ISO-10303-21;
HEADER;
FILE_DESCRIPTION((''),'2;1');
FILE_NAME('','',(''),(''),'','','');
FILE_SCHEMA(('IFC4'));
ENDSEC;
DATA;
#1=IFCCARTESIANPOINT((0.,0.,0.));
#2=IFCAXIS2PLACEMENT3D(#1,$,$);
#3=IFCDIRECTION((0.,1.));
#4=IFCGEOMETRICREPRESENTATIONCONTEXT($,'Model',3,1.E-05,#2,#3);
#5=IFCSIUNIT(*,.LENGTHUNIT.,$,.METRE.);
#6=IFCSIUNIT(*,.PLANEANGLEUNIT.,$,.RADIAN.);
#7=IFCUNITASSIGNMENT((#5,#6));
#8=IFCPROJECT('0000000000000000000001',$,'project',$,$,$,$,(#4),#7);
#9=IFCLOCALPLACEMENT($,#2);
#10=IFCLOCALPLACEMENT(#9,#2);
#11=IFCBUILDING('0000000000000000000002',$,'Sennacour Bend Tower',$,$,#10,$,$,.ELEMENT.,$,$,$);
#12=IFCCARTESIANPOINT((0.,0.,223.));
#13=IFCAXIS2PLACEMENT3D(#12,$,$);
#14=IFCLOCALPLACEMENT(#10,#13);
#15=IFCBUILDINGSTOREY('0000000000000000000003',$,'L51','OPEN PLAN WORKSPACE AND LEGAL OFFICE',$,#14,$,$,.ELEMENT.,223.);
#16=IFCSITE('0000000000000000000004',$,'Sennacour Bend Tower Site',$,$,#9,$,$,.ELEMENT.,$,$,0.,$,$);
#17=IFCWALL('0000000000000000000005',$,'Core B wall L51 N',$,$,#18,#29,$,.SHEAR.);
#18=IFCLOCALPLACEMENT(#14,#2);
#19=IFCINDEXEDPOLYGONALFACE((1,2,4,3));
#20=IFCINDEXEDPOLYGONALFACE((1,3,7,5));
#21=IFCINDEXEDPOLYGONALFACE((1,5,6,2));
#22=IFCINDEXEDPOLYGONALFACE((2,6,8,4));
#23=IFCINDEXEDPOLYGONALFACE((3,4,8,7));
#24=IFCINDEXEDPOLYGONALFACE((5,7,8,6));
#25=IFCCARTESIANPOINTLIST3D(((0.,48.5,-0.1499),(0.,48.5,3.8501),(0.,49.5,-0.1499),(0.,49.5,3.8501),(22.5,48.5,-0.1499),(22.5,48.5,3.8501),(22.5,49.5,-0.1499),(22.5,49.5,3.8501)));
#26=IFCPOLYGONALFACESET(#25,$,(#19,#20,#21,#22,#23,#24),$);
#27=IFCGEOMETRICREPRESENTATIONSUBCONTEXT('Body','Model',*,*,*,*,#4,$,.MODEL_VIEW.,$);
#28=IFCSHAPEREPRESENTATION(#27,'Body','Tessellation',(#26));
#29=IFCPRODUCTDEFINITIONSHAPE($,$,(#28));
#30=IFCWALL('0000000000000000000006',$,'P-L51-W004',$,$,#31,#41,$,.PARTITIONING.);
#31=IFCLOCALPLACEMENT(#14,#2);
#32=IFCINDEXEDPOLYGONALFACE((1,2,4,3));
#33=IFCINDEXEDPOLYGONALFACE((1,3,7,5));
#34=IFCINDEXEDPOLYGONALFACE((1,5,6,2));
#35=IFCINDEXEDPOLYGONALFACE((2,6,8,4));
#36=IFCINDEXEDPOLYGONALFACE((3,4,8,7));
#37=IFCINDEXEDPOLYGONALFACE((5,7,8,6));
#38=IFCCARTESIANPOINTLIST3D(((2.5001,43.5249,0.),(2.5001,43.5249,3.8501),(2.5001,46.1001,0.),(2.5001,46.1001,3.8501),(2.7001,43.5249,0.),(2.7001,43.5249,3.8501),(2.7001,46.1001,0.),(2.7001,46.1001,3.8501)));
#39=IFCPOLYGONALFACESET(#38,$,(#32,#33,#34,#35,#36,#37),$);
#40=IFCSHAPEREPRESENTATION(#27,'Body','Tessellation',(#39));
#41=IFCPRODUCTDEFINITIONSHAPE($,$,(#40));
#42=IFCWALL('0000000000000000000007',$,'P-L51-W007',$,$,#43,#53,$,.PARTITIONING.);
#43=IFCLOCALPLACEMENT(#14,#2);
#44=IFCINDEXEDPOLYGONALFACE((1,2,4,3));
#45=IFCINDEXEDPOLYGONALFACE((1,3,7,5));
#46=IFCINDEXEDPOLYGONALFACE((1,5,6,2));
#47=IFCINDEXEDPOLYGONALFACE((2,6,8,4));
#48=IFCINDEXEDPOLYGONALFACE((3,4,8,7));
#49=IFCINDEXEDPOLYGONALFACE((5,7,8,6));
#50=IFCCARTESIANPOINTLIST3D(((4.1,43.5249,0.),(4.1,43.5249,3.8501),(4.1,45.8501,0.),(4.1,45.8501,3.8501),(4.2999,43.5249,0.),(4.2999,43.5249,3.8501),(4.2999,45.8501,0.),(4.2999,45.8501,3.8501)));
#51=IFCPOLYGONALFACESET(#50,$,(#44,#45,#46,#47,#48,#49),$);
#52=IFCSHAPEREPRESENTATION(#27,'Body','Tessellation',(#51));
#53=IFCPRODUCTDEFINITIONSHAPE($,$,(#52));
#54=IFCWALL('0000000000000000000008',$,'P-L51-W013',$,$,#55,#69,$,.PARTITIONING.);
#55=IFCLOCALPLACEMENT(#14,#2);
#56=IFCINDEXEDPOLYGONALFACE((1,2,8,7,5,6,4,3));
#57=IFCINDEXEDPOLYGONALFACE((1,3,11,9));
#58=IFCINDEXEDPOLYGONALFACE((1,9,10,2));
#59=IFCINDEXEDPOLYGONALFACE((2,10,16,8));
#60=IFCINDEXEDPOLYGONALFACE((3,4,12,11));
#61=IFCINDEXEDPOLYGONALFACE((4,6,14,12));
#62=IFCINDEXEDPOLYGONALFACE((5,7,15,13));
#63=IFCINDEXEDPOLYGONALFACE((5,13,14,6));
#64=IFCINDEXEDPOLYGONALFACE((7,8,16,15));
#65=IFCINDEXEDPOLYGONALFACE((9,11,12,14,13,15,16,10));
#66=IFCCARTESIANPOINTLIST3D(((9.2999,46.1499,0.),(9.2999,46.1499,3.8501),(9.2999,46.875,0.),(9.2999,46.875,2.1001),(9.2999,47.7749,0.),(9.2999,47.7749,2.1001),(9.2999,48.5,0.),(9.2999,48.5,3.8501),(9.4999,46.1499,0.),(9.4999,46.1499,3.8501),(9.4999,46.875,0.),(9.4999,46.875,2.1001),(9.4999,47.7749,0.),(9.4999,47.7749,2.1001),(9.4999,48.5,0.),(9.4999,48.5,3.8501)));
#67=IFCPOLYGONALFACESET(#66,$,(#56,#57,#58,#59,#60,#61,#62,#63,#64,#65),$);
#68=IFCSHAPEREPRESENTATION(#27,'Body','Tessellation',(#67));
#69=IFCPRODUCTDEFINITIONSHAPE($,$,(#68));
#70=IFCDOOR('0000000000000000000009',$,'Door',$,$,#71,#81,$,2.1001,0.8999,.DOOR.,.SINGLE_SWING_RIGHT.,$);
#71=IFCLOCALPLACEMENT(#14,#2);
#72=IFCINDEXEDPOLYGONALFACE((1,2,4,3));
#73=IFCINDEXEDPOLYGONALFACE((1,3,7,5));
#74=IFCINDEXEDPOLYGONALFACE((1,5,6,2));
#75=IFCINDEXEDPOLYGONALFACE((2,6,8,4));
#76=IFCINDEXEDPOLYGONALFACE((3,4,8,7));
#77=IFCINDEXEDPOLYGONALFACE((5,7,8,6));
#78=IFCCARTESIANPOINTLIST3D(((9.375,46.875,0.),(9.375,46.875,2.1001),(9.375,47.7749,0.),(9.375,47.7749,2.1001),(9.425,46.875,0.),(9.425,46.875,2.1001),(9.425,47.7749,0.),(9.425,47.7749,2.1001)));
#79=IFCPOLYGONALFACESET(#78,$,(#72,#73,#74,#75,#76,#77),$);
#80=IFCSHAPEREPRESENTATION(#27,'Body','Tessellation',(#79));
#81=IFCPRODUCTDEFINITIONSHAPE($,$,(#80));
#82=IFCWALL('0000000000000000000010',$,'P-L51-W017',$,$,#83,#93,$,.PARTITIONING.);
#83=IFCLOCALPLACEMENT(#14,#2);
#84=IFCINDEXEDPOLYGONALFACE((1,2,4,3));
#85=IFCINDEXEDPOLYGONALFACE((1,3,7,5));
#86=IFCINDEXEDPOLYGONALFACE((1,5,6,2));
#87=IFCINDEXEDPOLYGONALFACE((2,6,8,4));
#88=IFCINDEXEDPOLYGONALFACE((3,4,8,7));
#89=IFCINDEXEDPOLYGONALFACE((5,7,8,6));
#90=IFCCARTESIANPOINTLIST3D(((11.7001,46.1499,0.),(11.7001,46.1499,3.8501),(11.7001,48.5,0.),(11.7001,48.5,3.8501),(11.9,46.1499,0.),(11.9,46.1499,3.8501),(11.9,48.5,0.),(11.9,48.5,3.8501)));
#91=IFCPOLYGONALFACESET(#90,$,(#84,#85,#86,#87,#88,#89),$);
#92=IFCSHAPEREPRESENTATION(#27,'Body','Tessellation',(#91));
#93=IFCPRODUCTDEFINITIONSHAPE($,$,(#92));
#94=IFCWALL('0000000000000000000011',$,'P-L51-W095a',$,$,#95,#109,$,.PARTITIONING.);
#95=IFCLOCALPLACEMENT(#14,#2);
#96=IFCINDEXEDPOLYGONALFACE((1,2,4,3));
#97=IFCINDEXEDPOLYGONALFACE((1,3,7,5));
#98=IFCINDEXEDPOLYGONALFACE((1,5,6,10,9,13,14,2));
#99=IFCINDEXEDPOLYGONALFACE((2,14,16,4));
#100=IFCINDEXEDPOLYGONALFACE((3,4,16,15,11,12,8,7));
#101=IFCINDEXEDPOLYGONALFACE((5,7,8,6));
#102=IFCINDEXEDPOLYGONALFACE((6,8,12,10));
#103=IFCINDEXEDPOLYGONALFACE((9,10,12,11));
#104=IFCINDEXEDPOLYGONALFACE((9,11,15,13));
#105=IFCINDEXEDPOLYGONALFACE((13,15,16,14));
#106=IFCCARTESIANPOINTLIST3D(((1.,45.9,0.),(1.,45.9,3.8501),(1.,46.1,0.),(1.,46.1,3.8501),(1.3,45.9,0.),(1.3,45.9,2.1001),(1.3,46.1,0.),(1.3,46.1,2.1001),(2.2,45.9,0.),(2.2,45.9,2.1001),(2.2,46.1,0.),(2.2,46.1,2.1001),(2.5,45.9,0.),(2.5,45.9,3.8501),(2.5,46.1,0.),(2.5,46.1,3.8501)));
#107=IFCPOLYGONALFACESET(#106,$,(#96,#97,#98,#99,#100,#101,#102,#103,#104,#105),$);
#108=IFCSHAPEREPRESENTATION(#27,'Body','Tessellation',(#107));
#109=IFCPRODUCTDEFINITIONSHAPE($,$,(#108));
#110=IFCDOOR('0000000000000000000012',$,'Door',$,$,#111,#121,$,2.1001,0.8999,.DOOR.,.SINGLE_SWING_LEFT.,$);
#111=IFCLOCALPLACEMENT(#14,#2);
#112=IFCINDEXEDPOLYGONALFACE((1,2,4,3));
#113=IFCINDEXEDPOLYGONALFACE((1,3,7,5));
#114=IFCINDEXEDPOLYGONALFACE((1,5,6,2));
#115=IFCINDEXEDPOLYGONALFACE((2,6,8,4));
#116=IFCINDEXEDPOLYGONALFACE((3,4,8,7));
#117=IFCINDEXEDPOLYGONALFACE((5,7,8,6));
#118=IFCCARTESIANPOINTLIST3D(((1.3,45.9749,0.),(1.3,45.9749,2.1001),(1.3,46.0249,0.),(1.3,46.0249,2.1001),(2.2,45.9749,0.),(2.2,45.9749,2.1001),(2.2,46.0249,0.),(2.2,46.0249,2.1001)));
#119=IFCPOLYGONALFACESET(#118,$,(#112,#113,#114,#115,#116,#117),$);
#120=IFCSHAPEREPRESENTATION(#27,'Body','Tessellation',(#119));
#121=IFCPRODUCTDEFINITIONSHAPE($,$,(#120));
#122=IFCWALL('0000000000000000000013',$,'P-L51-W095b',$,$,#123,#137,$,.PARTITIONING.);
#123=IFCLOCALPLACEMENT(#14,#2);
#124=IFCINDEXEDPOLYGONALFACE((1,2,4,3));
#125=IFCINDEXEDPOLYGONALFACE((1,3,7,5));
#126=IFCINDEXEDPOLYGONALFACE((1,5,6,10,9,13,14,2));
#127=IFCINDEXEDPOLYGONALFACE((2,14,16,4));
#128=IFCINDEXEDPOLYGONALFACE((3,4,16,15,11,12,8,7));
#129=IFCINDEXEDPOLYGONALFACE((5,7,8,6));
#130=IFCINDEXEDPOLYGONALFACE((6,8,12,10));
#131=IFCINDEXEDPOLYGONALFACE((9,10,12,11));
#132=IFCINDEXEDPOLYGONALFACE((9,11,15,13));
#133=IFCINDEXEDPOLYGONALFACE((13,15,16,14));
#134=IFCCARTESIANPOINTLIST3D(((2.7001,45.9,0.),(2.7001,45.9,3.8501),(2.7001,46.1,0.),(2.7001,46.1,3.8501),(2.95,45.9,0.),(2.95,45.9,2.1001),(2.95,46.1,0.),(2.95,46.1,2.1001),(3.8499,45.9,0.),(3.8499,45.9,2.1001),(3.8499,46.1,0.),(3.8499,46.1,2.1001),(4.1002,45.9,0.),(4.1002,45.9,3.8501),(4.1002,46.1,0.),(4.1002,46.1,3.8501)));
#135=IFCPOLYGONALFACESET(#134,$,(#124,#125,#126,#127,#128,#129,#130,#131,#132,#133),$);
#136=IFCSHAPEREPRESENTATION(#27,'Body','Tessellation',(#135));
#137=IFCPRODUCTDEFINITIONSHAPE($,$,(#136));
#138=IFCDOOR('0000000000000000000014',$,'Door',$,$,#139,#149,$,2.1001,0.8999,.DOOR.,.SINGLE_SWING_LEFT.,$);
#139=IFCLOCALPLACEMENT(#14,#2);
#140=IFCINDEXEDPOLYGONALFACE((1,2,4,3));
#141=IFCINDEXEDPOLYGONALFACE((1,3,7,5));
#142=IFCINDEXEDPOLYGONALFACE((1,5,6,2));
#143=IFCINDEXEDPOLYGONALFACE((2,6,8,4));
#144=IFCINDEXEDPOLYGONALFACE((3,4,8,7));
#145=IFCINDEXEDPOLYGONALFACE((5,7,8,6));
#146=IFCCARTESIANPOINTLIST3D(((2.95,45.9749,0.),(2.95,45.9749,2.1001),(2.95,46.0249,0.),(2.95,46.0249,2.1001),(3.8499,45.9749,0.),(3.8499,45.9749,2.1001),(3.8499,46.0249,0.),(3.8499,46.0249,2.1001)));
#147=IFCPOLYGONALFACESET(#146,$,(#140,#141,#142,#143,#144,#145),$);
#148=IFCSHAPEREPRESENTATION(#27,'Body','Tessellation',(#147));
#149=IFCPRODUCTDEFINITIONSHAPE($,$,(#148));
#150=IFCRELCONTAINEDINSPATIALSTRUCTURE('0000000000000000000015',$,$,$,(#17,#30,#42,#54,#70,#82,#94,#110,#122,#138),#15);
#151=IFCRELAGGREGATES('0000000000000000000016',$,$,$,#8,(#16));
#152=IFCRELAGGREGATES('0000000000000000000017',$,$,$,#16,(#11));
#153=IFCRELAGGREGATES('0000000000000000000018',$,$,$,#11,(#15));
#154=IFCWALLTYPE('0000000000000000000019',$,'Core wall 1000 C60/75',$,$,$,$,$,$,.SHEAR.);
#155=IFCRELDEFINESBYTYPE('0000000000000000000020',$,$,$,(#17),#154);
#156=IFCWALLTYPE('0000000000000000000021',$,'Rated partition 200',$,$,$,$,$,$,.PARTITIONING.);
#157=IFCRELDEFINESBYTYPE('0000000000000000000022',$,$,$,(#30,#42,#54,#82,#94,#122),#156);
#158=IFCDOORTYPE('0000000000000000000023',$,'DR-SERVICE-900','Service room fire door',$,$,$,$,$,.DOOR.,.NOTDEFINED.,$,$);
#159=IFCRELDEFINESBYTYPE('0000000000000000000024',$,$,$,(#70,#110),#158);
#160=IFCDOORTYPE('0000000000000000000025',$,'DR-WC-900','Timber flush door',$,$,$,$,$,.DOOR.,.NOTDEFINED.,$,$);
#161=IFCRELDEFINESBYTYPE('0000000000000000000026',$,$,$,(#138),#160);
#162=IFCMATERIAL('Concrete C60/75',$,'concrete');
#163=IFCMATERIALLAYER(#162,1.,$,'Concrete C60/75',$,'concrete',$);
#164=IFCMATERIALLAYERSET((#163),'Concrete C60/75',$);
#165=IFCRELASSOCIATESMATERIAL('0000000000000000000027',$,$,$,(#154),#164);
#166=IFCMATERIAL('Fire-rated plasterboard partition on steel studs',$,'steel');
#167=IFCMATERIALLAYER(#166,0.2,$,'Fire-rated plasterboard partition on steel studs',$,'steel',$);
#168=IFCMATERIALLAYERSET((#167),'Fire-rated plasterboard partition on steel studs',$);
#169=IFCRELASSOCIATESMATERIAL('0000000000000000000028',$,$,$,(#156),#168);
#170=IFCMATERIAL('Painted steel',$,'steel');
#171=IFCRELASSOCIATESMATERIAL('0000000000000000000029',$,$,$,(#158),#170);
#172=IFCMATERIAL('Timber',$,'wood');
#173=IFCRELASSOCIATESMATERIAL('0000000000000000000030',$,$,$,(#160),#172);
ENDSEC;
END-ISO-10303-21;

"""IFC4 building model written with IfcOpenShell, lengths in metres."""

from ifc_helpers import new_model, si_unit, direction, frame, frame_2d, origin, place, context, subcontext, project, spatial, rectangle, extrude, material, layer, layer_set, type_object, element, fill, save


model = new_model("IFC4")

# Units and contexts
model_context = context("Model", 3, precision=1e-05, world=origin(), true_north=direction((0.0, 1.0)))
body_context = subcontext(model_context, "Body", "Model", "MODEL_VIEW")
ifc_project = project(units=[si_unit("LENGTHUNIT", "METRE"), si_unit("PLANEANGLEUNIT", "RADIAN")], contexts=[model_context])

# Site, building, storey
site_placement = place(None, origin())
site = spatial("IfcSite", under=ifc_project, at=site_placement, Name="Sennacour Bend Tower Site", CompositionType="ELEMENT", RefElevation=0.0)
building_placement = place(site_placement, origin())
building = spatial("IfcBuilding", under=site, at=building_placement, Name="Sennacour Bend Tower", CompositionType="ELEMENT")
storey_placement = place(building_placement, frame((0.0, 0.0, 223.0)))
storey = spatial("IfcBuildingStorey", under=building, at=storey_placement, Name="L51", Description="OPEN PLAN WORKSPACE AND LEGAL OFFICE", CompositionType="ELEMENT", Elevation=223.0)

# Walls
ifc_material_1 = material(Name="Concrete C60/75", Category="concrete")
ifc_layer_1 = layer(ifc_material_1, 1.0, Name="Concrete C60/75", Category="concrete")
ifc_layer_set_1 = layer_set([ifc_layer_1], Name="Concrete C60/75")
wall_type_1 = type_object("IfcWallType", Name="Core wall 1000 C60/75", PredefinedType="SHEAR", material=ifc_layer_set_1)
wall_1_placement = place(storey_placement, frame((0.0, 49.0, -0.1499), z_axis=(0.0, 0.0, 1.0), x_axis=(1.0, 0.0, 0.0)))
element("IfcWall", 1, at=wall_1_placement, inside=storey, type_object=wall_type_1, Name="Core B wall L51 N", PredefinedType="SHEAR", context=body_context, shape_type="SweptSolid", body=[
    extrude(rectangle(XDim=22.5, YDim=1.0, at=frame_2d((11.25, 0.0))), origin(), (0.0, 0.0, 1.0), 4.0),
])
ifc_material_2 = material(Name="Fire-rated plasterboard partition on steel studs", Category="steel")
ifc_layer_2 = layer(ifc_material_2, 0.2, Name="Fire-rated plasterboard partition on steel studs", Category="steel")
ifc_layer_set_2 = layer_set([ifc_layer_2], Name="Fire-rated plasterboard partition on steel studs")
wall_type_2 = type_object("IfcWallType", Name="Rated partition 200", PredefinedType="PARTITIONING", material=ifc_layer_set_2)
wall_2_placement = place(storey_placement, frame((2.6001, 43.5249, 0.0), z_axis=(0.0, 0.0, 1.0), x_axis=(0.0, 1.0, 0.0)))
element("IfcWall", 2, at=wall_2_placement, inside=storey, type_object=wall_type_2, Name="P-L51-W004", PredefinedType="PARTITIONING", context=body_context, shape_type="SweptSolid", body=[
    extrude(rectangle(XDim=2.5752, YDim=0.2, at=frame_2d((1.2876, 0.0))), origin(), (0.0, 0.0, 1.0), 3.8501),
])
wall_3_placement = place(storey_placement, frame((4.2, 43.5249, 0.0), z_axis=(0.0, 0.0, 1.0), x_axis=(0.0, 1.0, 0.0)))
element("IfcWall", 3, at=wall_3_placement, inside=storey, type_object=wall_type_2, Name="P-L51-W007", PredefinedType="PARTITIONING", context=body_context, shape_type="SweptSolid", body=[
    extrude(rectangle(XDim=2.3252, YDim=0.2, at=frame_2d((1.1626, 0.0))), origin(), (0.0, 0.0, 1.0), 3.8501),
])

# Wall, opening, door
wall_4_placement = place(storey_placement, frame((9.3999, 46.1499, 0.0), z_axis=(0.0, 0.0, 1.0), x_axis=(0.0, 1.0, 0.0)))
wall_4 = element("IfcWall", 4, at=wall_4_placement, inside=storey, type_object=wall_type_2, Name="P-L51-W013", PredefinedType="PARTITIONING", context=body_context, shape_type="SweptSolid", body=[
    extrude(rectangle(XDim=2.3501, YDim=0.2, at=frame_2d((1.175, 0.0))), origin(), (0.0, 0.0, 1.0), 3.8501),
])
opening_1_placement = place(wall_4_placement, frame((0.7251, 0.0, 0.0)))
opening_1 = element("IfcOpeningElement", 5, at=opening_1_placement, cuts=wall_4, PredefinedType="OPENING", context=body_context, shape_type="SweptSolid", body=[
    extrude(rectangle(XDim=0.8999, YDim=2.1001, at=frame_2d((0.45, 1.05))), frame((0.0, 0.1099, 0.0), z_axis=(0.0, -1.0, 0.0), x_axis=(1.0, 0.0, 0.0)), (0.0, 0.0, 1.0), 0.22),
])
ifc_material_3 = material(Name="Painted steel", Category="steel")
door_type_1 = type_object("IfcDoorType", Name="DR-SERVICE-900", Description="Service room fire door", OperationType="NOTDEFINED", PredefinedType="DOOR", material=ifc_material_3)
door_1_placement = place(opening_1_placement, origin())
door_1 = element("IfcDoor", 6, at=door_1_placement, inside=storey, type_object=door_type_1, Name="Door", OperationType="SINGLE_SWING_RIGHT", OverallHeight=2.1001, OverallWidth=0.8999, PredefinedType="DOOR", context=body_context, shape_type="SweptSolid", body=[
    extrude(rectangle(XDim=0.8999, YDim=2.1001, at=frame_2d((0.45, 1.05))), frame((0.0, 0.0249, 0.0), z_axis=(0.0, -1.0, 0.0), x_axis=(1.0, 0.0, 0.0)), (0.0, 0.0, 1.0), 0.05),
])
fill(opening_1, door_1)

# Wall
wall_5_placement = place(storey_placement, frame((11.8, 46.1499, 0.0), z_axis=(0.0, 0.0, 1.0), x_axis=(0.0, 1.0, 0.0)))
element("IfcWall", 7, at=wall_5_placement, inside=storey, type_object=wall_type_2, Name="P-L51-W017", PredefinedType="PARTITIONING", context=body_context, shape_type="SweptSolid", body=[
    extrude(rectangle(XDim=2.3501, YDim=0.2, at=frame_2d((1.175, 0.0))), origin(), (0.0, 0.0, 1.0), 3.8501),
])

# Walls, openings, doors
wall_6_placement = place(storey_placement, frame((1.0, 46.0, 0.0), z_axis=(0.0, 0.0, 1.0), x_axis=(1.0, 0.0, 0.0)))
wall_6 = element("IfcWall", 8, at=wall_6_placement, inside=storey, type_object=wall_type_2, Name="P-L51-W095a", PredefinedType="PARTITIONING", context=body_context, shape_type="SweptSolid", body=[
    extrude(rectangle(XDim=1.5, YDim=0.2, at=frame_2d((0.75, 0.0))), origin(), (0.0, 0.0, 1.0), 3.8501),
])
opening_2_placement = place(wall_6_placement, frame((0.3, 0.0, 0.0)))
opening_2 = element("IfcOpeningElement", 9, at=opening_2_placement, cuts=wall_6, PredefinedType="OPENING", context=body_context, shape_type="SweptSolid", body=[
    extrude(rectangle(XDim=0.8999, YDim=2.1001, at=frame_2d((0.45, 1.05))), frame((0.0, 0.1099, 0.0), z_axis=(0.0, -1.0, 0.0), x_axis=(1.0, 0.0, 0.0)), (0.0, 0.0, 1.0), 0.22),
])
door_2_placement = place(opening_2_placement, origin())
door_2 = element("IfcDoor", 10, at=door_2_placement, inside=storey, type_object=door_type_1, Name="Door", OperationType="SINGLE_SWING_LEFT", OverallHeight=2.1001, OverallWidth=0.8999, PredefinedType="DOOR", context=body_context, shape_type="SweptSolid", body=[
    extrude(rectangle(XDim=0.8999, YDim=2.1001, at=frame_2d((0.45, 1.05))), frame((0.0, 0.0249, 0.0), z_axis=(0.0, -1.0, 0.0), x_axis=(1.0, 0.0, 0.0)), (0.0, 0.0, 1.0), 0.05),
])
fill(opening_2, door_2)
wall_7_placement = place(storey_placement, frame((2.7, 46.0, 0.0), z_axis=(0.0, 0.0, 1.0), x_axis=(1.0, 0.0, 0.0)))
wall_7 = element("IfcWall", 11, at=wall_7_placement, inside=storey, type_object=wall_type_2, Name="P-L51-W095b", PredefinedType="PARTITIONING", context=body_context, shape_type="SweptSolid", body=[
    extrude(rectangle(XDim=1.4001, YDim=0.2, at=frame_2d((0.7002, 0.0))), origin(), (0.0, 0.0, 1.0), 3.8501),
])
opening_3_placement = place(wall_7_placement, frame((0.25, 0.0, 0.0)))
opening_3 = element("IfcOpeningElement", 12, at=opening_3_placement, cuts=wall_7, PredefinedType="OPENING", context=body_context, shape_type="SweptSolid", body=[
    extrude(rectangle(XDim=0.8999, YDim=2.1001, at=frame_2d((0.45, 1.05))), frame((0.0, 0.1099, 0.0), z_axis=(0.0, -1.0, 0.0), x_axis=(1.0, 0.0, 0.0)), (0.0, 0.0, 1.0), 0.22),
])
ifc_material_4 = material(Name="Timber", Category="wood")
door_type_2 = type_object("IfcDoorType", Name="DR-WC-900", Description="Timber flush door", OperationType="NOTDEFINED", PredefinedType="DOOR", material=ifc_material_4)
door_3_placement = place(opening_3_placement, origin())
door_3 = element("IfcDoor", 13, at=door_3_placement, inside=storey, type_object=door_type_2, Name="Door", OperationType="SINGLE_SWING_LEFT", OverallHeight=2.1001, OverallWidth=0.8999, PredefinedType="DOOR", context=body_context, shape_type="SweptSolid", body=[
    extrude(rectangle(XDim=0.8999, YDim=2.1001, at=frame_2d((0.45, 1.05))), frame((0.0, 0.0249, 0.0), z_axis=(0.0, -1.0, 0.0), x_axis=(1.0, 0.0, 0.0)), (0.0, 0.0, 1.0), 0.05),
])
fill(opening_3, door_3)

save(model, "model.ifc")
